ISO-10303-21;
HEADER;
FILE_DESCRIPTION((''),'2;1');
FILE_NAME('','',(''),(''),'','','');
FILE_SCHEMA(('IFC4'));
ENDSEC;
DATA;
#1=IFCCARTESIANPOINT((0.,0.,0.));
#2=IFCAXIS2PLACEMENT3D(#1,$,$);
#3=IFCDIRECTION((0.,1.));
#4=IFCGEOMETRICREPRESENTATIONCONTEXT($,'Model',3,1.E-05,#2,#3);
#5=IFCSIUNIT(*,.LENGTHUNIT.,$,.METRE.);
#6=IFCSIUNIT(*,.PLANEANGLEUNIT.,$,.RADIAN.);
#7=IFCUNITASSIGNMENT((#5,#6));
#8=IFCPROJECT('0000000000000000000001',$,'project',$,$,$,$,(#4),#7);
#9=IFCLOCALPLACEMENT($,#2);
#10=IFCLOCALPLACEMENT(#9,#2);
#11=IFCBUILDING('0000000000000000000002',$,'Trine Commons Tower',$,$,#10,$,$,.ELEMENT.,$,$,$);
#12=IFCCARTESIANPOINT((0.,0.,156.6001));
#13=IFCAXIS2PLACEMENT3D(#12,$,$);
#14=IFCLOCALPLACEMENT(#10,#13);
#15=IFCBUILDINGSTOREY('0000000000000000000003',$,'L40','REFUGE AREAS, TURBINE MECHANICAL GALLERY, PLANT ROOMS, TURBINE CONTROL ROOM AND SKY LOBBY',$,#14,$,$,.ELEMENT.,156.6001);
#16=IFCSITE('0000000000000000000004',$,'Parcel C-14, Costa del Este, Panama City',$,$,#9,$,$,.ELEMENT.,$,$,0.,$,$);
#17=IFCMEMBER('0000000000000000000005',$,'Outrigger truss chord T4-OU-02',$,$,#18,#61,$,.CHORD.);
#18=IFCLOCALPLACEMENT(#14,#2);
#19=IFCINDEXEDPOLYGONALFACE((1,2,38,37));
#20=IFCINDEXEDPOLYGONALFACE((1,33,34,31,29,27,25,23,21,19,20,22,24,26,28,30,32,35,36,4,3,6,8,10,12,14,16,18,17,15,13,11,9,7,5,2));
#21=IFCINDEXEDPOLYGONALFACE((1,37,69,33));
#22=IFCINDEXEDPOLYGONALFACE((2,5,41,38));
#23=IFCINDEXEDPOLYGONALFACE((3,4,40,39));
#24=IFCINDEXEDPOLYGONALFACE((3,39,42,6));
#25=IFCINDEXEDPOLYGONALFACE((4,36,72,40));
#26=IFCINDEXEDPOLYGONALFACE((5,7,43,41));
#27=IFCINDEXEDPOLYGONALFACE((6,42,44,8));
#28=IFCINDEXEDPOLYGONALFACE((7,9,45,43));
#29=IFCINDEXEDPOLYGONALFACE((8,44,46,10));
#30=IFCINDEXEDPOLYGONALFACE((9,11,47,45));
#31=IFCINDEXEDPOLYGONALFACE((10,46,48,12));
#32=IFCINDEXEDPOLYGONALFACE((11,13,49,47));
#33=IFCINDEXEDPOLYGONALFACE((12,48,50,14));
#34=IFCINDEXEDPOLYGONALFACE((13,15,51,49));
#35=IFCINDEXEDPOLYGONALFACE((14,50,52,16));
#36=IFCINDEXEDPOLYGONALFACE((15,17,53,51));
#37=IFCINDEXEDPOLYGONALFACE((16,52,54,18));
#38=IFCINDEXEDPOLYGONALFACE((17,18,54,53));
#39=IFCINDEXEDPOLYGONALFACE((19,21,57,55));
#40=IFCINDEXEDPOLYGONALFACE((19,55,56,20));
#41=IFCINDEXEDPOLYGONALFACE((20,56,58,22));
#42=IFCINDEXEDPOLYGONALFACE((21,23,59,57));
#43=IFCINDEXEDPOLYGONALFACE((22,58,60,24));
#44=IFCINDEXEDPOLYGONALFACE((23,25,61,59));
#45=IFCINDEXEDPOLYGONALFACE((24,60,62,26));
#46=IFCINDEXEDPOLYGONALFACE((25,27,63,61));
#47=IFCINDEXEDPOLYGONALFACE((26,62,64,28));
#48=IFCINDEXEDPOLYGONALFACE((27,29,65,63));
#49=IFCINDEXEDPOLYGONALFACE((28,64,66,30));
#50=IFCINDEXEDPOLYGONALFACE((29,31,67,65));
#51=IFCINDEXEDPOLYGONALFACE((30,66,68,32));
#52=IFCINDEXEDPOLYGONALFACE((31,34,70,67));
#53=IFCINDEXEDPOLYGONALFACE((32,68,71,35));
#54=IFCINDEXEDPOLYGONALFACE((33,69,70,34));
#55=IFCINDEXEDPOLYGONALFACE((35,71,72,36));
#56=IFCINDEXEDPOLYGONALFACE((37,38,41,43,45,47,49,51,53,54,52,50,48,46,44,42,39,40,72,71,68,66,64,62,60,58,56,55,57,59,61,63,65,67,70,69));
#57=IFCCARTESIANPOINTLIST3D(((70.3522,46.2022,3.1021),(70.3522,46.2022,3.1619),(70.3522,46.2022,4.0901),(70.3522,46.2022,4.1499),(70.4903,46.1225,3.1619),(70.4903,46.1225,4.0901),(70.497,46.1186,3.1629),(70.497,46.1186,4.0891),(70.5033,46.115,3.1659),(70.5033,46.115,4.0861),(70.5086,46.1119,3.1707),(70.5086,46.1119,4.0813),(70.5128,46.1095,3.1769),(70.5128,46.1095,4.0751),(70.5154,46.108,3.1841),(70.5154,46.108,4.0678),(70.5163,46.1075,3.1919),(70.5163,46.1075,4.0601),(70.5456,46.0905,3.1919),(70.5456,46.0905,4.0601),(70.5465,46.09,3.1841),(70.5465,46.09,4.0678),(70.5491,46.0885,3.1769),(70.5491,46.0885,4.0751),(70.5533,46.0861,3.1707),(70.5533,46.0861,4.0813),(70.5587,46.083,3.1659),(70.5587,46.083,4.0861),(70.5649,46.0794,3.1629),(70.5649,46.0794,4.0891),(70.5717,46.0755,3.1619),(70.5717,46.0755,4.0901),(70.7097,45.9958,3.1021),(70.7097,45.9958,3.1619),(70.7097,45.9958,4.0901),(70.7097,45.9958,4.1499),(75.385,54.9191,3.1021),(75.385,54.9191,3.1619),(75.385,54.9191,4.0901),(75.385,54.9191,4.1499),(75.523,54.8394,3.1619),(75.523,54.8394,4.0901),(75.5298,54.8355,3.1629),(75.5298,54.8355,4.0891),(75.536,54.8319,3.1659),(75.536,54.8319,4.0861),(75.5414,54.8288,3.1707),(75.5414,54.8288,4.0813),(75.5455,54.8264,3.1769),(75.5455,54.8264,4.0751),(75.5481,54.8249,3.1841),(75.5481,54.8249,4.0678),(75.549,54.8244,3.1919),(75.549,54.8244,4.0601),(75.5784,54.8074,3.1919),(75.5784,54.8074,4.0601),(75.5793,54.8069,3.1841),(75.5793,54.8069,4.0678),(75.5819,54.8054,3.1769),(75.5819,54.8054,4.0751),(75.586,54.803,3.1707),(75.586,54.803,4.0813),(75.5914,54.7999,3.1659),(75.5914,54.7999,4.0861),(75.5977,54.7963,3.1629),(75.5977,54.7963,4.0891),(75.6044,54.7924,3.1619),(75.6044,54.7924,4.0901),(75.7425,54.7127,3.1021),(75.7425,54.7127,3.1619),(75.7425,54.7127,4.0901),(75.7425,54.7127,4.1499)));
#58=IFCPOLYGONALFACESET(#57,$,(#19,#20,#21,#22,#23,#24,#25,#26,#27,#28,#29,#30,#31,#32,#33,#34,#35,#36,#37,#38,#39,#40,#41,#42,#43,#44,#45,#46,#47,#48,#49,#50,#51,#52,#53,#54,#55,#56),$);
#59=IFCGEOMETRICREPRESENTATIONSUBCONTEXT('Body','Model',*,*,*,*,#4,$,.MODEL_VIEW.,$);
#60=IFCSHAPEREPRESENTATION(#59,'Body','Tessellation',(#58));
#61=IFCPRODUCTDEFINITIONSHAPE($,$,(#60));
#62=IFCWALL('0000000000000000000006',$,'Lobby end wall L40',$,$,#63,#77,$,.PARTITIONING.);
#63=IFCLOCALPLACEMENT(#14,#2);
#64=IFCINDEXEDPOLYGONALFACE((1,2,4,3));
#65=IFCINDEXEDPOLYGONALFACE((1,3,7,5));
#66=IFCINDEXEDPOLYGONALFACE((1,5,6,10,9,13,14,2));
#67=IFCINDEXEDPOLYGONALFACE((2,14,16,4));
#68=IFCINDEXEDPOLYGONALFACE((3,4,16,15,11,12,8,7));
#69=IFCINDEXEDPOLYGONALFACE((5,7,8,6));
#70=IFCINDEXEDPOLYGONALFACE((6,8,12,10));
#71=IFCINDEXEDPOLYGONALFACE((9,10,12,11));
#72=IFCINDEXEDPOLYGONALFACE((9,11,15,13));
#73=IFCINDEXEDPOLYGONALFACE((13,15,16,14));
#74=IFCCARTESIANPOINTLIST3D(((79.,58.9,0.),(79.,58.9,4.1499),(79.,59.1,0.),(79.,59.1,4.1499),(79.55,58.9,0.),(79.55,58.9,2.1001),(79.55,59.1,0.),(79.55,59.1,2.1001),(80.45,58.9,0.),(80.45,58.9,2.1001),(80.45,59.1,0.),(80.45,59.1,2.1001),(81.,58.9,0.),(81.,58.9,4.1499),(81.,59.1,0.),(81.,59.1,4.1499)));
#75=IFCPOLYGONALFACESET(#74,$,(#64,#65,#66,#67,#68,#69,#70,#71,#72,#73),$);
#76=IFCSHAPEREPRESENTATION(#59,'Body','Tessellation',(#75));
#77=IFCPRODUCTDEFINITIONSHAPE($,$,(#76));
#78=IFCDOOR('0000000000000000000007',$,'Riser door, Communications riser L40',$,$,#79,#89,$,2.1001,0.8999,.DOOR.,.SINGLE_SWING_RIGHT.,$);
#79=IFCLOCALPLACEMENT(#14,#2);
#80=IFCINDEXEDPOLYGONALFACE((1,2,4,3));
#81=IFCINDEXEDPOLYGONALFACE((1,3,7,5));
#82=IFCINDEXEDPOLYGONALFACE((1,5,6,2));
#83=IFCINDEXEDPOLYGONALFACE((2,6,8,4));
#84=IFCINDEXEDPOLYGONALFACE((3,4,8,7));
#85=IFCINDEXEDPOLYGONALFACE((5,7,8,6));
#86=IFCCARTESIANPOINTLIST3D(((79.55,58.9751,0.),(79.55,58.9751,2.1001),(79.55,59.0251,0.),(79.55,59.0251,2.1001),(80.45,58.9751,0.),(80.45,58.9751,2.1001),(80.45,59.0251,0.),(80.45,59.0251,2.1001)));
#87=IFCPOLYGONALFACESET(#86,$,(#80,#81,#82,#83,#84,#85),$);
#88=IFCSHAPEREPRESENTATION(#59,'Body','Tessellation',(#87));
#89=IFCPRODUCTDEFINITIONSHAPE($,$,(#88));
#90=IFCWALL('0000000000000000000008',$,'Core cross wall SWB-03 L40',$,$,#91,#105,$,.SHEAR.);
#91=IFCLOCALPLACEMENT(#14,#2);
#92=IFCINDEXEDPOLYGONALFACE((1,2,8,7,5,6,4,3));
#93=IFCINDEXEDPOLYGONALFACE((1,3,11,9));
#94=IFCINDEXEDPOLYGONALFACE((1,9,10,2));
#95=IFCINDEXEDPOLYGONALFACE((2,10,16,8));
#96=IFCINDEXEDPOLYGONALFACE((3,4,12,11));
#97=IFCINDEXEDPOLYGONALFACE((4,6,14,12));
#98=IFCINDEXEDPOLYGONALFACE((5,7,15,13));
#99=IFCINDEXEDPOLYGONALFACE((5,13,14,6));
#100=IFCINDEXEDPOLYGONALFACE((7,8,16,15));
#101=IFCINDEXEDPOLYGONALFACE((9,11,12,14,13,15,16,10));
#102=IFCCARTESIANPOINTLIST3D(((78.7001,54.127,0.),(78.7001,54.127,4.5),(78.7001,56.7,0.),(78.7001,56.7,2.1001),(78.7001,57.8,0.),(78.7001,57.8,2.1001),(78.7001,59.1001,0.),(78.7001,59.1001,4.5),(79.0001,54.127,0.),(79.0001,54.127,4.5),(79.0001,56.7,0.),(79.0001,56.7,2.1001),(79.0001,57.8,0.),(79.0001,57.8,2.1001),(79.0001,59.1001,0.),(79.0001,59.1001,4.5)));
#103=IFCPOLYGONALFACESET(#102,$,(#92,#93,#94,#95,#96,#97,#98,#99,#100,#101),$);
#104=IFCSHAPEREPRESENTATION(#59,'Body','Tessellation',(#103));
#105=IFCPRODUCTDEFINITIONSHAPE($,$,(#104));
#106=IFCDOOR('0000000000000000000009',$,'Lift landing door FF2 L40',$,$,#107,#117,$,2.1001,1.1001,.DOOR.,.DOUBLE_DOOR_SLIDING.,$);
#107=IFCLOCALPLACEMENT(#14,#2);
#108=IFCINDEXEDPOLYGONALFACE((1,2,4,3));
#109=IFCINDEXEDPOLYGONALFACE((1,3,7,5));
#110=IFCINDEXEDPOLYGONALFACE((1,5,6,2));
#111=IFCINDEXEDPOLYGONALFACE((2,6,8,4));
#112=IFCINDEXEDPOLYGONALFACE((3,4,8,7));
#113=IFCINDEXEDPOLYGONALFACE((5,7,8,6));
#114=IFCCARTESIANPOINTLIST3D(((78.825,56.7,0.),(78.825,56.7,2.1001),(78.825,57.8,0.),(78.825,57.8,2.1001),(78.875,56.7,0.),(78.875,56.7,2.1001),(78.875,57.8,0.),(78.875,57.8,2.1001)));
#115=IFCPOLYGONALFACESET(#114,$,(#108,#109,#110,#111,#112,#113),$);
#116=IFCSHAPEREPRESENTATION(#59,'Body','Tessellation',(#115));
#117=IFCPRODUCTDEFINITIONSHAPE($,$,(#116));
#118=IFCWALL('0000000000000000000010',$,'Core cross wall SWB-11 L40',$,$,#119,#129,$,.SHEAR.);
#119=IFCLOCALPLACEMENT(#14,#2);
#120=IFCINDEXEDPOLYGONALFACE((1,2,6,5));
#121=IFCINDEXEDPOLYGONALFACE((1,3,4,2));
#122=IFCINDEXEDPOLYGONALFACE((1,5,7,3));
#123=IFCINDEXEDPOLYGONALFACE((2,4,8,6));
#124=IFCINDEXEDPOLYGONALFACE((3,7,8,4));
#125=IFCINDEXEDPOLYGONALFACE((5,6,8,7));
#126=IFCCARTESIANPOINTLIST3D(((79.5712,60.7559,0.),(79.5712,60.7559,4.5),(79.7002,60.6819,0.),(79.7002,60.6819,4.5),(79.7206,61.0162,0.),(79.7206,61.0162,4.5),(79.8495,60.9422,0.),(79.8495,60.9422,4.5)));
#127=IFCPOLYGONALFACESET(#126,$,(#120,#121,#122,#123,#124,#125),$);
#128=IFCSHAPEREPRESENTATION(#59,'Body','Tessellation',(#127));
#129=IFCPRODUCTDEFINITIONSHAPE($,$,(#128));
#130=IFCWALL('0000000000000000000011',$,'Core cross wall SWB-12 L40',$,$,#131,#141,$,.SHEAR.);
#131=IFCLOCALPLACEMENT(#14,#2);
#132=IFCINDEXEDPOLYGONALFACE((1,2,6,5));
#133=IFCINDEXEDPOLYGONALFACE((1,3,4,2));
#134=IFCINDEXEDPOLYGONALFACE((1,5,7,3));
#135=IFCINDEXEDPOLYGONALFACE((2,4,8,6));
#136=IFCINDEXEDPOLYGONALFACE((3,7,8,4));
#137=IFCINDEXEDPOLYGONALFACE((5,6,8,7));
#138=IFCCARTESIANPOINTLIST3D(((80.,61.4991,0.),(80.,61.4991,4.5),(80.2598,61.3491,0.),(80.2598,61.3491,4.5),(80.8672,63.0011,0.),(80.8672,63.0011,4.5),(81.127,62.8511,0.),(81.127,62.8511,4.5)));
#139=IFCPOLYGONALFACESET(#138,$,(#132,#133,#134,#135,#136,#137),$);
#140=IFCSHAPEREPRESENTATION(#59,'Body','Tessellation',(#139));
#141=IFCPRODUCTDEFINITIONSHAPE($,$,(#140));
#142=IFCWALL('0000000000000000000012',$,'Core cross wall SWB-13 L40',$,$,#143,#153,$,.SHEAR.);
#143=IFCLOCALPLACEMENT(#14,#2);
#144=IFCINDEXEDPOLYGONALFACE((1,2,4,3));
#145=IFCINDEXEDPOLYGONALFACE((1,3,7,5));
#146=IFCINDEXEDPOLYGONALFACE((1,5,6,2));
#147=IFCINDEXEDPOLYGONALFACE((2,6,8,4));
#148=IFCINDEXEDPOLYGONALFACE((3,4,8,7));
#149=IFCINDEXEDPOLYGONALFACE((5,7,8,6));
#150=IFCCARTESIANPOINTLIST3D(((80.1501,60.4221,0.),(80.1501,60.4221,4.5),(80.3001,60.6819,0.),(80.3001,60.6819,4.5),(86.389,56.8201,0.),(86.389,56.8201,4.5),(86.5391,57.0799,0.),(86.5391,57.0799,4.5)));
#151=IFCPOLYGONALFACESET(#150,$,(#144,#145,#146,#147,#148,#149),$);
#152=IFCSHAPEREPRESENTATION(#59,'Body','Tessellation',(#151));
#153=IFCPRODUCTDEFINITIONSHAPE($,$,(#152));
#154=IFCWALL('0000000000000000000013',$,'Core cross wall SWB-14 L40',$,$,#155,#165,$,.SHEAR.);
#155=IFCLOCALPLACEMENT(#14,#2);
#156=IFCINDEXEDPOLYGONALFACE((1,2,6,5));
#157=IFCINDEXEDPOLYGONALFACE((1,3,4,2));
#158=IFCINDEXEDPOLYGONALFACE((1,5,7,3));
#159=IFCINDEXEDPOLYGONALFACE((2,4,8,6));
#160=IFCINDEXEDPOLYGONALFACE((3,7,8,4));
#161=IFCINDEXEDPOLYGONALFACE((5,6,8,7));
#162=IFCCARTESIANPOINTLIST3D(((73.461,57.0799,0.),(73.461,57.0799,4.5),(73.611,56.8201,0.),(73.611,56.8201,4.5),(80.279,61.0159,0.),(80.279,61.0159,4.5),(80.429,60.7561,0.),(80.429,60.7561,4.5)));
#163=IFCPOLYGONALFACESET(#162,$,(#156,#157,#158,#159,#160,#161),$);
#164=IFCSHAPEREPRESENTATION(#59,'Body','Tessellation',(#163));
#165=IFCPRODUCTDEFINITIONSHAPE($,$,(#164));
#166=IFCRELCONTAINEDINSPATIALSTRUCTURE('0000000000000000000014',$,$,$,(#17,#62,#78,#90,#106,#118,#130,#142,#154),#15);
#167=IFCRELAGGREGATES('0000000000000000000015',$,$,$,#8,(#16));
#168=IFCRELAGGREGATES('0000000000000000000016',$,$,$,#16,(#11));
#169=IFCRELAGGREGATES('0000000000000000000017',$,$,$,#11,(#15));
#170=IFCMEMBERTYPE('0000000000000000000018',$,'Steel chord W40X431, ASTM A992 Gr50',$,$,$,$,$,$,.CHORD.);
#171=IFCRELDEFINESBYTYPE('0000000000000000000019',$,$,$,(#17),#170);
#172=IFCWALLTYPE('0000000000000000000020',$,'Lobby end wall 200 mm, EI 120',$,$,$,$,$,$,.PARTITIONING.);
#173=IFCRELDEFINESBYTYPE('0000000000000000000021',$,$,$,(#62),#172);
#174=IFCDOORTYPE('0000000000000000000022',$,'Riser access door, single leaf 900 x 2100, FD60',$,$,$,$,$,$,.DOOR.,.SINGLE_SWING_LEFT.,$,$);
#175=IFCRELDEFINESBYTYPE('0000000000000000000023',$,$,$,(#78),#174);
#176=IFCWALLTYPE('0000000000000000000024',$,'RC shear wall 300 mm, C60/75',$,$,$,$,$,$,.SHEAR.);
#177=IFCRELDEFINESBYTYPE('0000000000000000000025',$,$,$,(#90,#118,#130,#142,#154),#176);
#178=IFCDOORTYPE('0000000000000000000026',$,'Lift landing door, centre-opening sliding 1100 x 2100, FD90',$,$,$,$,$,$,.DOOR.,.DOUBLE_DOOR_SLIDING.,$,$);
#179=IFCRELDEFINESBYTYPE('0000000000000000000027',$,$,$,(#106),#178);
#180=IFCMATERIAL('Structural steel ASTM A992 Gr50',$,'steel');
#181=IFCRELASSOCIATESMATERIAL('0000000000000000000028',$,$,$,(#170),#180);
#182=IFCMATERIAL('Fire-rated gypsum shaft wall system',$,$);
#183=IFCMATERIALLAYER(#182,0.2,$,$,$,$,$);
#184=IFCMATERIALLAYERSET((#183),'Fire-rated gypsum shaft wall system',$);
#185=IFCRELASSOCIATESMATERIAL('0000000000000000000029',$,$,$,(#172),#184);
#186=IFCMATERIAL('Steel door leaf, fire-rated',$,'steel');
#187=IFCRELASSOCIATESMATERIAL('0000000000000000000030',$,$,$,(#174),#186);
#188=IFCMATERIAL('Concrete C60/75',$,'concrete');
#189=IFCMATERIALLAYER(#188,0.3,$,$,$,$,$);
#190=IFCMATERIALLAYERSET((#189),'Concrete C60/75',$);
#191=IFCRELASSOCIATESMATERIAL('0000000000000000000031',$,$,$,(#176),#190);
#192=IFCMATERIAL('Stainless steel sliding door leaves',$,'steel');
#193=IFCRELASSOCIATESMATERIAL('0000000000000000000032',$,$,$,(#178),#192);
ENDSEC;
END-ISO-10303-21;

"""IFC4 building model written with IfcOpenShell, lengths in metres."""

from ifc_helpers import new_model, si_unit, direction, frame, frame_2d, origin, origin_2d, place, context, subcontext, project, spatial, rectangle, i_section, extrude, material, layer, layer_set, material_profile, profile_set, type_object, element, fill, save


model = new_model("IFC4")

# Units and contexts
model_context = context("Model", 3, precision=1e-05, world=origin(), true_north=direction((0.0, 1.0)))
body_context = subcontext(model_context, "Body", "Model", "MODEL_VIEW")
ifc_project = project(units=[si_unit("LENGTHUNIT", "METRE"), si_unit("PLANEANGLEUNIT", "RADIAN")], contexts=[model_context])

# Site, building, storey
site_placement = place(None, origin())
site = spatial("IfcSite", under=ifc_project, at=site_placement, Name="Parcel C-14, Costa del Este, Panama City", CompositionType="ELEMENT", RefElevation=0.0)
building_placement = place(site_placement, origin())
building = spatial("IfcBuilding", under=site, at=building_placement, Name="Trine Commons Tower", CompositionType="ELEMENT")
storey_placement = place(building_placement, frame((0.0, 0.0, 156.6001)))
storey = spatial("IfcBuildingStorey", under=building, at=storey_placement, Name="L40", Description="REFUGE AREAS, TURBINE MECHANICAL GALLERY, PLANT ROOMS, TURBINE CONTROL ROOM AND SKY LOBBY", CompositionType="ELEMENT", Elevation=156.6001)

# Member
ifc_material_1 = material(Name="Structural steel ASTM A992 Gr50", Category="steel")
ifc_material_profile = material_profile(ifc_material_1, i_section(OverallWidth=0.4128, OverallDepth=1.0479, WebThickness=0.0339, FlangeThickness=0.0598, FilletRadius=0.03, at=origin_2d()), Name="W40X431")
ifc_profile_set = profile_set([ifc_material_profile], Name="Structural steel ASTM A992 Gr50")
member_type = type_object("IfcMemberType", Name="Steel chord W40X431, ASTM A992 Gr50", PredefinedType="CHORD", material=ifc_profile_set)
member_placement = place(storey_placement, frame((75.5637, 54.8159, 3.626), z_axis=(-0.500005, -0.866022, 0.0), x_axis=(0.866022, -0.500005, 0.0)))
element("IfcMember", 1, at=member_placement, inside=storey, type_object=member_type, Name="Outrigger truss chord T4-OU-02", PredefinedType="CHORD", context=body_context, shape_type="SweptSolid", body=[
    extrude(i_section(OverallWidth=0.4128, OverallDepth=1.0479, WebThickness=0.0339, FlangeThickness=0.0598, FilletRadius=0.03, at=origin_2d()), origin(), (0.0, 0.0, 1.0), 10.0654),
])

# Walls, openings, doors
ifc_material_2 = material(Name="Fire-rated gypsum shaft wall system")
ifc_layer_1 = layer(ifc_material_2, 0.2)
ifc_layer_set_1 = layer_set([ifc_layer_1], Name="Fire-rated gypsum shaft wall system")
wall_type_1 = type_object("IfcWallType", Name="Lobby end wall 200 mm, EI 120", PredefinedType="PARTITIONING", material=ifc_layer_set_1)
wall_1_placement = place(storey_placement, frame((79.0, 59.0, 0.0), z_axis=(0.0, 0.0, 1.0), x_axis=(1.0, 0.0, 0.0)))
wall_1 = element("IfcWall", 2, at=wall_1_placement, inside=storey, type_object=wall_type_1, Name="Lobby end wall L40", PredefinedType="PARTITIONING", context=body_context, shape_type="SweptSolid", body=[
    extrude(rectangle(XDim=2.0, YDim=0.2, at=frame_2d((1.0, 0.0))), origin(), (0.0, 0.0, 1.0), 4.1499),
])
opening_1_placement = place(wall_1_placement, frame((0.55, 0.0, 0.0)))
opening_1 = element("IfcOpeningElement", 3, at=opening_1_placement, cuts=wall_1, PredefinedType="OPENING", context=body_context, shape_type="SweptSolid", body=[
    extrude(rectangle(XDim=0.8999, YDim=2.1001, at=frame_2d((0.45, 1.05))), frame((0.0, 0.1099, 0.0), z_axis=(0.0, -1.0, 0.0), x_axis=(1.0, 0.0, 0.0)), (0.0, 0.0, 1.0), 0.22),
])
ifc_material_3 = material(Name="Steel door leaf, fire-rated", Category="steel")
door_type_1 = type_object("IfcDoorType", Name="Riser access door, single leaf 900 x 2100, FD60", OperationType="SINGLE_SWING_LEFT", PredefinedType="DOOR", material=ifc_material_3)
door_1_placement = place(opening_1_placement, frame((0.8999, 0.0, 0.0), z_axis=(0.0, 0.0, 1.0), x_axis=(-1.0, 0.0, 0.0)))
door_1 = element("IfcDoor", 4, at=door_1_placement, inside=storey, type_object=door_type_1, Name="Riser door, Communications riser L40", OperationType="SINGLE_SWING_RIGHT", OverallHeight=2.1001, OverallWidth=0.8999, PredefinedType="DOOR", context=body_context, shape_type="SweptSolid", body=[
    extrude(rectangle(XDim=0.8999, YDim=2.1001, at=frame_2d((0.45, 1.05))), frame((0.0, 0.0249, 0.0), z_axis=(0.0, -1.0, 0.0), x_axis=(1.0, 0.0, 0.0)), (0.0, 0.0, 1.0), 0.05),
])
fill(opening_1, door_1)
ifc_material_4 = material(Name="Concrete C60/75", Category="concrete")
ifc_layer_2 = layer(ifc_material_4, 0.3)
ifc_layer_set_2 = layer_set([ifc_layer_2], Name="Concrete C60/75")
wall_type_2 = type_object("IfcWallType", Name="RC shear wall 300 mm, C60/75", PredefinedType="SHEAR", material=ifc_layer_set_2)
wall_2_placement = place(storey_placement, frame((78.8501, 59.1001, 0.0), z_axis=(0.0, 0.0, 1.0), x_axis=(0.0, -1.0, 0.0)))
wall_2 = element("IfcWall", 5, at=wall_2_placement, inside=storey, type_object=wall_type_2, Name="Core cross wall SWB-03 L40", PredefinedType="SHEAR", context=body_context, shape_type="SweptSolid", body=[
    extrude(rectangle(XDim=4.9731, YDim=0.3, at=frame_2d((2.4866, 0.0))), origin(), (0.0, 0.0, 1.0), 4.5),
])
opening_2_placement = place(wall_2_placement, frame((1.3, 0.0, 0.0)))
opening_2 = element("IfcOpeningElement", 6, at=opening_2_placement, cuts=wall_2, PredefinedType="OPENING", context=body_context, shape_type="SweptSolid", body=[
    extrude(rectangle(XDim=1.1001, YDim=2.1001, at=frame_2d((0.55, 1.05))), frame((0.0, 0.1599, 0.0), z_axis=(0.0, -1.0, 0.0), x_axis=(1.0, 0.0, 0.0)), (0.0, 0.0, 1.0), 0.3201),
])
ifc_material_5 = material(Name="Stainless steel sliding door leaves", Category="steel")
door_type_2 = type_object("IfcDoorType", Name="Lift landing door, centre-opening sliding 1100 x 2100, FD90", OperationType="DOUBLE_DOOR_SLIDING", PredefinedType="DOOR", material=ifc_material_5)
door_2_placement = place(opening_2_placement, origin())
door_2 = element("IfcDoor", 7, at=door_2_placement, inside=storey, type_object=door_type_2, Name="Lift landing door FF2 L40", OperationType="DOUBLE_DOOR_SLIDING", OverallHeight=2.1001, OverallWidth=1.1001, PredefinedType="DOOR", context=body_context, shape_type="SweptSolid", body=[
    extrude(rectangle(XDim=1.1001, YDim=2.1001, at=frame_2d((0.55, 1.05))), frame((0.0, 0.0249, 0.0), z_axis=(0.0, -1.0, 0.0), x_axis=(1.0, 0.0, 0.0)), (0.0, 0.0, 1.0), 0.05),
])
fill(opening_2, door_2)

# Walls
wall_3_placement = place(storey_placement, frame((79.646, 60.886, 0.0), z_axis=(0.0, 0.0, 1.0), x_axis=(0.867332, -0.49773, 0.0)))
element("IfcWall", 8, at=wall_3_placement, inside=storey, type_object=wall_type_2, Name="Core cross wall SWB-11 L40", PredefinedType="SHEAR", context=body_context, shape_type="SweptSolid", body=[
    extrude(rectangle(XDim=0.1487, YDim=0.3, at=frame_2d((0.0742, 0.0))), origin(), (0.0, 0.0, 1.0), 4.5),
])
wall_4_placement = place(storey_placement, frame((80.1299, 61.4241, 0.0), z_axis=(0.0, 0.0, 1.0), x_axis=(0.500015, 0.866017, 0.0)))
element("IfcWall", 9, at=wall_4_placement, inside=storey, type_object=wall_type_2, Name="Core cross wall SWB-12 L40", PredefinedType="SHEAR", context=body_context, shape_type="SweptSolid", body=[
    extrude(rectangle(XDim=1.7344, YDim=0.3, at=frame_2d((0.8672, 0.0))), origin(), (0.0, 0.0, 1.0), 4.5),
])
wall_5_placement = place(storey_placement, frame((80.2251, 60.552, 0.0), z_axis=(0.0, 0.0, 1.0), x_axis=(0.866028, -0.499995, 0.0)))
element("IfcWall", 10, at=wall_5_placement, inside=storey, type_object=wall_type_2, Name="Core cross wall SWB-13 L40", PredefinedType="SHEAR", context=body_context, shape_type="SweptSolid", body=[
    extrude(rectangle(XDim=7.2041, YDim=0.3, at=frame_2d((3.6021, 0.0))), origin(), (0.0, 0.0, 1.0), 4.5),
])
wall_6_placement = place(storey_placement, frame((80.354, 60.886, 0.0), z_axis=(0.0, 0.0, 1.0), x_axis=(-0.866048, -0.499961, 0.0)))
element("IfcWall", 11, at=wall_6_placement, inside=storey, type_object=wall_type_2, Name="Core cross wall SWB-14 L40", PredefinedType="SHEAR", context=body_context, shape_type="SweptSolid", body=[
    extrude(rectangle(XDim=7.8726, YDim=0.3, at=frame_2d((3.9363, 0.0))), origin(), (0.0, 0.0, 1.0), 4.5),
])

save(model, "model.ifc")
